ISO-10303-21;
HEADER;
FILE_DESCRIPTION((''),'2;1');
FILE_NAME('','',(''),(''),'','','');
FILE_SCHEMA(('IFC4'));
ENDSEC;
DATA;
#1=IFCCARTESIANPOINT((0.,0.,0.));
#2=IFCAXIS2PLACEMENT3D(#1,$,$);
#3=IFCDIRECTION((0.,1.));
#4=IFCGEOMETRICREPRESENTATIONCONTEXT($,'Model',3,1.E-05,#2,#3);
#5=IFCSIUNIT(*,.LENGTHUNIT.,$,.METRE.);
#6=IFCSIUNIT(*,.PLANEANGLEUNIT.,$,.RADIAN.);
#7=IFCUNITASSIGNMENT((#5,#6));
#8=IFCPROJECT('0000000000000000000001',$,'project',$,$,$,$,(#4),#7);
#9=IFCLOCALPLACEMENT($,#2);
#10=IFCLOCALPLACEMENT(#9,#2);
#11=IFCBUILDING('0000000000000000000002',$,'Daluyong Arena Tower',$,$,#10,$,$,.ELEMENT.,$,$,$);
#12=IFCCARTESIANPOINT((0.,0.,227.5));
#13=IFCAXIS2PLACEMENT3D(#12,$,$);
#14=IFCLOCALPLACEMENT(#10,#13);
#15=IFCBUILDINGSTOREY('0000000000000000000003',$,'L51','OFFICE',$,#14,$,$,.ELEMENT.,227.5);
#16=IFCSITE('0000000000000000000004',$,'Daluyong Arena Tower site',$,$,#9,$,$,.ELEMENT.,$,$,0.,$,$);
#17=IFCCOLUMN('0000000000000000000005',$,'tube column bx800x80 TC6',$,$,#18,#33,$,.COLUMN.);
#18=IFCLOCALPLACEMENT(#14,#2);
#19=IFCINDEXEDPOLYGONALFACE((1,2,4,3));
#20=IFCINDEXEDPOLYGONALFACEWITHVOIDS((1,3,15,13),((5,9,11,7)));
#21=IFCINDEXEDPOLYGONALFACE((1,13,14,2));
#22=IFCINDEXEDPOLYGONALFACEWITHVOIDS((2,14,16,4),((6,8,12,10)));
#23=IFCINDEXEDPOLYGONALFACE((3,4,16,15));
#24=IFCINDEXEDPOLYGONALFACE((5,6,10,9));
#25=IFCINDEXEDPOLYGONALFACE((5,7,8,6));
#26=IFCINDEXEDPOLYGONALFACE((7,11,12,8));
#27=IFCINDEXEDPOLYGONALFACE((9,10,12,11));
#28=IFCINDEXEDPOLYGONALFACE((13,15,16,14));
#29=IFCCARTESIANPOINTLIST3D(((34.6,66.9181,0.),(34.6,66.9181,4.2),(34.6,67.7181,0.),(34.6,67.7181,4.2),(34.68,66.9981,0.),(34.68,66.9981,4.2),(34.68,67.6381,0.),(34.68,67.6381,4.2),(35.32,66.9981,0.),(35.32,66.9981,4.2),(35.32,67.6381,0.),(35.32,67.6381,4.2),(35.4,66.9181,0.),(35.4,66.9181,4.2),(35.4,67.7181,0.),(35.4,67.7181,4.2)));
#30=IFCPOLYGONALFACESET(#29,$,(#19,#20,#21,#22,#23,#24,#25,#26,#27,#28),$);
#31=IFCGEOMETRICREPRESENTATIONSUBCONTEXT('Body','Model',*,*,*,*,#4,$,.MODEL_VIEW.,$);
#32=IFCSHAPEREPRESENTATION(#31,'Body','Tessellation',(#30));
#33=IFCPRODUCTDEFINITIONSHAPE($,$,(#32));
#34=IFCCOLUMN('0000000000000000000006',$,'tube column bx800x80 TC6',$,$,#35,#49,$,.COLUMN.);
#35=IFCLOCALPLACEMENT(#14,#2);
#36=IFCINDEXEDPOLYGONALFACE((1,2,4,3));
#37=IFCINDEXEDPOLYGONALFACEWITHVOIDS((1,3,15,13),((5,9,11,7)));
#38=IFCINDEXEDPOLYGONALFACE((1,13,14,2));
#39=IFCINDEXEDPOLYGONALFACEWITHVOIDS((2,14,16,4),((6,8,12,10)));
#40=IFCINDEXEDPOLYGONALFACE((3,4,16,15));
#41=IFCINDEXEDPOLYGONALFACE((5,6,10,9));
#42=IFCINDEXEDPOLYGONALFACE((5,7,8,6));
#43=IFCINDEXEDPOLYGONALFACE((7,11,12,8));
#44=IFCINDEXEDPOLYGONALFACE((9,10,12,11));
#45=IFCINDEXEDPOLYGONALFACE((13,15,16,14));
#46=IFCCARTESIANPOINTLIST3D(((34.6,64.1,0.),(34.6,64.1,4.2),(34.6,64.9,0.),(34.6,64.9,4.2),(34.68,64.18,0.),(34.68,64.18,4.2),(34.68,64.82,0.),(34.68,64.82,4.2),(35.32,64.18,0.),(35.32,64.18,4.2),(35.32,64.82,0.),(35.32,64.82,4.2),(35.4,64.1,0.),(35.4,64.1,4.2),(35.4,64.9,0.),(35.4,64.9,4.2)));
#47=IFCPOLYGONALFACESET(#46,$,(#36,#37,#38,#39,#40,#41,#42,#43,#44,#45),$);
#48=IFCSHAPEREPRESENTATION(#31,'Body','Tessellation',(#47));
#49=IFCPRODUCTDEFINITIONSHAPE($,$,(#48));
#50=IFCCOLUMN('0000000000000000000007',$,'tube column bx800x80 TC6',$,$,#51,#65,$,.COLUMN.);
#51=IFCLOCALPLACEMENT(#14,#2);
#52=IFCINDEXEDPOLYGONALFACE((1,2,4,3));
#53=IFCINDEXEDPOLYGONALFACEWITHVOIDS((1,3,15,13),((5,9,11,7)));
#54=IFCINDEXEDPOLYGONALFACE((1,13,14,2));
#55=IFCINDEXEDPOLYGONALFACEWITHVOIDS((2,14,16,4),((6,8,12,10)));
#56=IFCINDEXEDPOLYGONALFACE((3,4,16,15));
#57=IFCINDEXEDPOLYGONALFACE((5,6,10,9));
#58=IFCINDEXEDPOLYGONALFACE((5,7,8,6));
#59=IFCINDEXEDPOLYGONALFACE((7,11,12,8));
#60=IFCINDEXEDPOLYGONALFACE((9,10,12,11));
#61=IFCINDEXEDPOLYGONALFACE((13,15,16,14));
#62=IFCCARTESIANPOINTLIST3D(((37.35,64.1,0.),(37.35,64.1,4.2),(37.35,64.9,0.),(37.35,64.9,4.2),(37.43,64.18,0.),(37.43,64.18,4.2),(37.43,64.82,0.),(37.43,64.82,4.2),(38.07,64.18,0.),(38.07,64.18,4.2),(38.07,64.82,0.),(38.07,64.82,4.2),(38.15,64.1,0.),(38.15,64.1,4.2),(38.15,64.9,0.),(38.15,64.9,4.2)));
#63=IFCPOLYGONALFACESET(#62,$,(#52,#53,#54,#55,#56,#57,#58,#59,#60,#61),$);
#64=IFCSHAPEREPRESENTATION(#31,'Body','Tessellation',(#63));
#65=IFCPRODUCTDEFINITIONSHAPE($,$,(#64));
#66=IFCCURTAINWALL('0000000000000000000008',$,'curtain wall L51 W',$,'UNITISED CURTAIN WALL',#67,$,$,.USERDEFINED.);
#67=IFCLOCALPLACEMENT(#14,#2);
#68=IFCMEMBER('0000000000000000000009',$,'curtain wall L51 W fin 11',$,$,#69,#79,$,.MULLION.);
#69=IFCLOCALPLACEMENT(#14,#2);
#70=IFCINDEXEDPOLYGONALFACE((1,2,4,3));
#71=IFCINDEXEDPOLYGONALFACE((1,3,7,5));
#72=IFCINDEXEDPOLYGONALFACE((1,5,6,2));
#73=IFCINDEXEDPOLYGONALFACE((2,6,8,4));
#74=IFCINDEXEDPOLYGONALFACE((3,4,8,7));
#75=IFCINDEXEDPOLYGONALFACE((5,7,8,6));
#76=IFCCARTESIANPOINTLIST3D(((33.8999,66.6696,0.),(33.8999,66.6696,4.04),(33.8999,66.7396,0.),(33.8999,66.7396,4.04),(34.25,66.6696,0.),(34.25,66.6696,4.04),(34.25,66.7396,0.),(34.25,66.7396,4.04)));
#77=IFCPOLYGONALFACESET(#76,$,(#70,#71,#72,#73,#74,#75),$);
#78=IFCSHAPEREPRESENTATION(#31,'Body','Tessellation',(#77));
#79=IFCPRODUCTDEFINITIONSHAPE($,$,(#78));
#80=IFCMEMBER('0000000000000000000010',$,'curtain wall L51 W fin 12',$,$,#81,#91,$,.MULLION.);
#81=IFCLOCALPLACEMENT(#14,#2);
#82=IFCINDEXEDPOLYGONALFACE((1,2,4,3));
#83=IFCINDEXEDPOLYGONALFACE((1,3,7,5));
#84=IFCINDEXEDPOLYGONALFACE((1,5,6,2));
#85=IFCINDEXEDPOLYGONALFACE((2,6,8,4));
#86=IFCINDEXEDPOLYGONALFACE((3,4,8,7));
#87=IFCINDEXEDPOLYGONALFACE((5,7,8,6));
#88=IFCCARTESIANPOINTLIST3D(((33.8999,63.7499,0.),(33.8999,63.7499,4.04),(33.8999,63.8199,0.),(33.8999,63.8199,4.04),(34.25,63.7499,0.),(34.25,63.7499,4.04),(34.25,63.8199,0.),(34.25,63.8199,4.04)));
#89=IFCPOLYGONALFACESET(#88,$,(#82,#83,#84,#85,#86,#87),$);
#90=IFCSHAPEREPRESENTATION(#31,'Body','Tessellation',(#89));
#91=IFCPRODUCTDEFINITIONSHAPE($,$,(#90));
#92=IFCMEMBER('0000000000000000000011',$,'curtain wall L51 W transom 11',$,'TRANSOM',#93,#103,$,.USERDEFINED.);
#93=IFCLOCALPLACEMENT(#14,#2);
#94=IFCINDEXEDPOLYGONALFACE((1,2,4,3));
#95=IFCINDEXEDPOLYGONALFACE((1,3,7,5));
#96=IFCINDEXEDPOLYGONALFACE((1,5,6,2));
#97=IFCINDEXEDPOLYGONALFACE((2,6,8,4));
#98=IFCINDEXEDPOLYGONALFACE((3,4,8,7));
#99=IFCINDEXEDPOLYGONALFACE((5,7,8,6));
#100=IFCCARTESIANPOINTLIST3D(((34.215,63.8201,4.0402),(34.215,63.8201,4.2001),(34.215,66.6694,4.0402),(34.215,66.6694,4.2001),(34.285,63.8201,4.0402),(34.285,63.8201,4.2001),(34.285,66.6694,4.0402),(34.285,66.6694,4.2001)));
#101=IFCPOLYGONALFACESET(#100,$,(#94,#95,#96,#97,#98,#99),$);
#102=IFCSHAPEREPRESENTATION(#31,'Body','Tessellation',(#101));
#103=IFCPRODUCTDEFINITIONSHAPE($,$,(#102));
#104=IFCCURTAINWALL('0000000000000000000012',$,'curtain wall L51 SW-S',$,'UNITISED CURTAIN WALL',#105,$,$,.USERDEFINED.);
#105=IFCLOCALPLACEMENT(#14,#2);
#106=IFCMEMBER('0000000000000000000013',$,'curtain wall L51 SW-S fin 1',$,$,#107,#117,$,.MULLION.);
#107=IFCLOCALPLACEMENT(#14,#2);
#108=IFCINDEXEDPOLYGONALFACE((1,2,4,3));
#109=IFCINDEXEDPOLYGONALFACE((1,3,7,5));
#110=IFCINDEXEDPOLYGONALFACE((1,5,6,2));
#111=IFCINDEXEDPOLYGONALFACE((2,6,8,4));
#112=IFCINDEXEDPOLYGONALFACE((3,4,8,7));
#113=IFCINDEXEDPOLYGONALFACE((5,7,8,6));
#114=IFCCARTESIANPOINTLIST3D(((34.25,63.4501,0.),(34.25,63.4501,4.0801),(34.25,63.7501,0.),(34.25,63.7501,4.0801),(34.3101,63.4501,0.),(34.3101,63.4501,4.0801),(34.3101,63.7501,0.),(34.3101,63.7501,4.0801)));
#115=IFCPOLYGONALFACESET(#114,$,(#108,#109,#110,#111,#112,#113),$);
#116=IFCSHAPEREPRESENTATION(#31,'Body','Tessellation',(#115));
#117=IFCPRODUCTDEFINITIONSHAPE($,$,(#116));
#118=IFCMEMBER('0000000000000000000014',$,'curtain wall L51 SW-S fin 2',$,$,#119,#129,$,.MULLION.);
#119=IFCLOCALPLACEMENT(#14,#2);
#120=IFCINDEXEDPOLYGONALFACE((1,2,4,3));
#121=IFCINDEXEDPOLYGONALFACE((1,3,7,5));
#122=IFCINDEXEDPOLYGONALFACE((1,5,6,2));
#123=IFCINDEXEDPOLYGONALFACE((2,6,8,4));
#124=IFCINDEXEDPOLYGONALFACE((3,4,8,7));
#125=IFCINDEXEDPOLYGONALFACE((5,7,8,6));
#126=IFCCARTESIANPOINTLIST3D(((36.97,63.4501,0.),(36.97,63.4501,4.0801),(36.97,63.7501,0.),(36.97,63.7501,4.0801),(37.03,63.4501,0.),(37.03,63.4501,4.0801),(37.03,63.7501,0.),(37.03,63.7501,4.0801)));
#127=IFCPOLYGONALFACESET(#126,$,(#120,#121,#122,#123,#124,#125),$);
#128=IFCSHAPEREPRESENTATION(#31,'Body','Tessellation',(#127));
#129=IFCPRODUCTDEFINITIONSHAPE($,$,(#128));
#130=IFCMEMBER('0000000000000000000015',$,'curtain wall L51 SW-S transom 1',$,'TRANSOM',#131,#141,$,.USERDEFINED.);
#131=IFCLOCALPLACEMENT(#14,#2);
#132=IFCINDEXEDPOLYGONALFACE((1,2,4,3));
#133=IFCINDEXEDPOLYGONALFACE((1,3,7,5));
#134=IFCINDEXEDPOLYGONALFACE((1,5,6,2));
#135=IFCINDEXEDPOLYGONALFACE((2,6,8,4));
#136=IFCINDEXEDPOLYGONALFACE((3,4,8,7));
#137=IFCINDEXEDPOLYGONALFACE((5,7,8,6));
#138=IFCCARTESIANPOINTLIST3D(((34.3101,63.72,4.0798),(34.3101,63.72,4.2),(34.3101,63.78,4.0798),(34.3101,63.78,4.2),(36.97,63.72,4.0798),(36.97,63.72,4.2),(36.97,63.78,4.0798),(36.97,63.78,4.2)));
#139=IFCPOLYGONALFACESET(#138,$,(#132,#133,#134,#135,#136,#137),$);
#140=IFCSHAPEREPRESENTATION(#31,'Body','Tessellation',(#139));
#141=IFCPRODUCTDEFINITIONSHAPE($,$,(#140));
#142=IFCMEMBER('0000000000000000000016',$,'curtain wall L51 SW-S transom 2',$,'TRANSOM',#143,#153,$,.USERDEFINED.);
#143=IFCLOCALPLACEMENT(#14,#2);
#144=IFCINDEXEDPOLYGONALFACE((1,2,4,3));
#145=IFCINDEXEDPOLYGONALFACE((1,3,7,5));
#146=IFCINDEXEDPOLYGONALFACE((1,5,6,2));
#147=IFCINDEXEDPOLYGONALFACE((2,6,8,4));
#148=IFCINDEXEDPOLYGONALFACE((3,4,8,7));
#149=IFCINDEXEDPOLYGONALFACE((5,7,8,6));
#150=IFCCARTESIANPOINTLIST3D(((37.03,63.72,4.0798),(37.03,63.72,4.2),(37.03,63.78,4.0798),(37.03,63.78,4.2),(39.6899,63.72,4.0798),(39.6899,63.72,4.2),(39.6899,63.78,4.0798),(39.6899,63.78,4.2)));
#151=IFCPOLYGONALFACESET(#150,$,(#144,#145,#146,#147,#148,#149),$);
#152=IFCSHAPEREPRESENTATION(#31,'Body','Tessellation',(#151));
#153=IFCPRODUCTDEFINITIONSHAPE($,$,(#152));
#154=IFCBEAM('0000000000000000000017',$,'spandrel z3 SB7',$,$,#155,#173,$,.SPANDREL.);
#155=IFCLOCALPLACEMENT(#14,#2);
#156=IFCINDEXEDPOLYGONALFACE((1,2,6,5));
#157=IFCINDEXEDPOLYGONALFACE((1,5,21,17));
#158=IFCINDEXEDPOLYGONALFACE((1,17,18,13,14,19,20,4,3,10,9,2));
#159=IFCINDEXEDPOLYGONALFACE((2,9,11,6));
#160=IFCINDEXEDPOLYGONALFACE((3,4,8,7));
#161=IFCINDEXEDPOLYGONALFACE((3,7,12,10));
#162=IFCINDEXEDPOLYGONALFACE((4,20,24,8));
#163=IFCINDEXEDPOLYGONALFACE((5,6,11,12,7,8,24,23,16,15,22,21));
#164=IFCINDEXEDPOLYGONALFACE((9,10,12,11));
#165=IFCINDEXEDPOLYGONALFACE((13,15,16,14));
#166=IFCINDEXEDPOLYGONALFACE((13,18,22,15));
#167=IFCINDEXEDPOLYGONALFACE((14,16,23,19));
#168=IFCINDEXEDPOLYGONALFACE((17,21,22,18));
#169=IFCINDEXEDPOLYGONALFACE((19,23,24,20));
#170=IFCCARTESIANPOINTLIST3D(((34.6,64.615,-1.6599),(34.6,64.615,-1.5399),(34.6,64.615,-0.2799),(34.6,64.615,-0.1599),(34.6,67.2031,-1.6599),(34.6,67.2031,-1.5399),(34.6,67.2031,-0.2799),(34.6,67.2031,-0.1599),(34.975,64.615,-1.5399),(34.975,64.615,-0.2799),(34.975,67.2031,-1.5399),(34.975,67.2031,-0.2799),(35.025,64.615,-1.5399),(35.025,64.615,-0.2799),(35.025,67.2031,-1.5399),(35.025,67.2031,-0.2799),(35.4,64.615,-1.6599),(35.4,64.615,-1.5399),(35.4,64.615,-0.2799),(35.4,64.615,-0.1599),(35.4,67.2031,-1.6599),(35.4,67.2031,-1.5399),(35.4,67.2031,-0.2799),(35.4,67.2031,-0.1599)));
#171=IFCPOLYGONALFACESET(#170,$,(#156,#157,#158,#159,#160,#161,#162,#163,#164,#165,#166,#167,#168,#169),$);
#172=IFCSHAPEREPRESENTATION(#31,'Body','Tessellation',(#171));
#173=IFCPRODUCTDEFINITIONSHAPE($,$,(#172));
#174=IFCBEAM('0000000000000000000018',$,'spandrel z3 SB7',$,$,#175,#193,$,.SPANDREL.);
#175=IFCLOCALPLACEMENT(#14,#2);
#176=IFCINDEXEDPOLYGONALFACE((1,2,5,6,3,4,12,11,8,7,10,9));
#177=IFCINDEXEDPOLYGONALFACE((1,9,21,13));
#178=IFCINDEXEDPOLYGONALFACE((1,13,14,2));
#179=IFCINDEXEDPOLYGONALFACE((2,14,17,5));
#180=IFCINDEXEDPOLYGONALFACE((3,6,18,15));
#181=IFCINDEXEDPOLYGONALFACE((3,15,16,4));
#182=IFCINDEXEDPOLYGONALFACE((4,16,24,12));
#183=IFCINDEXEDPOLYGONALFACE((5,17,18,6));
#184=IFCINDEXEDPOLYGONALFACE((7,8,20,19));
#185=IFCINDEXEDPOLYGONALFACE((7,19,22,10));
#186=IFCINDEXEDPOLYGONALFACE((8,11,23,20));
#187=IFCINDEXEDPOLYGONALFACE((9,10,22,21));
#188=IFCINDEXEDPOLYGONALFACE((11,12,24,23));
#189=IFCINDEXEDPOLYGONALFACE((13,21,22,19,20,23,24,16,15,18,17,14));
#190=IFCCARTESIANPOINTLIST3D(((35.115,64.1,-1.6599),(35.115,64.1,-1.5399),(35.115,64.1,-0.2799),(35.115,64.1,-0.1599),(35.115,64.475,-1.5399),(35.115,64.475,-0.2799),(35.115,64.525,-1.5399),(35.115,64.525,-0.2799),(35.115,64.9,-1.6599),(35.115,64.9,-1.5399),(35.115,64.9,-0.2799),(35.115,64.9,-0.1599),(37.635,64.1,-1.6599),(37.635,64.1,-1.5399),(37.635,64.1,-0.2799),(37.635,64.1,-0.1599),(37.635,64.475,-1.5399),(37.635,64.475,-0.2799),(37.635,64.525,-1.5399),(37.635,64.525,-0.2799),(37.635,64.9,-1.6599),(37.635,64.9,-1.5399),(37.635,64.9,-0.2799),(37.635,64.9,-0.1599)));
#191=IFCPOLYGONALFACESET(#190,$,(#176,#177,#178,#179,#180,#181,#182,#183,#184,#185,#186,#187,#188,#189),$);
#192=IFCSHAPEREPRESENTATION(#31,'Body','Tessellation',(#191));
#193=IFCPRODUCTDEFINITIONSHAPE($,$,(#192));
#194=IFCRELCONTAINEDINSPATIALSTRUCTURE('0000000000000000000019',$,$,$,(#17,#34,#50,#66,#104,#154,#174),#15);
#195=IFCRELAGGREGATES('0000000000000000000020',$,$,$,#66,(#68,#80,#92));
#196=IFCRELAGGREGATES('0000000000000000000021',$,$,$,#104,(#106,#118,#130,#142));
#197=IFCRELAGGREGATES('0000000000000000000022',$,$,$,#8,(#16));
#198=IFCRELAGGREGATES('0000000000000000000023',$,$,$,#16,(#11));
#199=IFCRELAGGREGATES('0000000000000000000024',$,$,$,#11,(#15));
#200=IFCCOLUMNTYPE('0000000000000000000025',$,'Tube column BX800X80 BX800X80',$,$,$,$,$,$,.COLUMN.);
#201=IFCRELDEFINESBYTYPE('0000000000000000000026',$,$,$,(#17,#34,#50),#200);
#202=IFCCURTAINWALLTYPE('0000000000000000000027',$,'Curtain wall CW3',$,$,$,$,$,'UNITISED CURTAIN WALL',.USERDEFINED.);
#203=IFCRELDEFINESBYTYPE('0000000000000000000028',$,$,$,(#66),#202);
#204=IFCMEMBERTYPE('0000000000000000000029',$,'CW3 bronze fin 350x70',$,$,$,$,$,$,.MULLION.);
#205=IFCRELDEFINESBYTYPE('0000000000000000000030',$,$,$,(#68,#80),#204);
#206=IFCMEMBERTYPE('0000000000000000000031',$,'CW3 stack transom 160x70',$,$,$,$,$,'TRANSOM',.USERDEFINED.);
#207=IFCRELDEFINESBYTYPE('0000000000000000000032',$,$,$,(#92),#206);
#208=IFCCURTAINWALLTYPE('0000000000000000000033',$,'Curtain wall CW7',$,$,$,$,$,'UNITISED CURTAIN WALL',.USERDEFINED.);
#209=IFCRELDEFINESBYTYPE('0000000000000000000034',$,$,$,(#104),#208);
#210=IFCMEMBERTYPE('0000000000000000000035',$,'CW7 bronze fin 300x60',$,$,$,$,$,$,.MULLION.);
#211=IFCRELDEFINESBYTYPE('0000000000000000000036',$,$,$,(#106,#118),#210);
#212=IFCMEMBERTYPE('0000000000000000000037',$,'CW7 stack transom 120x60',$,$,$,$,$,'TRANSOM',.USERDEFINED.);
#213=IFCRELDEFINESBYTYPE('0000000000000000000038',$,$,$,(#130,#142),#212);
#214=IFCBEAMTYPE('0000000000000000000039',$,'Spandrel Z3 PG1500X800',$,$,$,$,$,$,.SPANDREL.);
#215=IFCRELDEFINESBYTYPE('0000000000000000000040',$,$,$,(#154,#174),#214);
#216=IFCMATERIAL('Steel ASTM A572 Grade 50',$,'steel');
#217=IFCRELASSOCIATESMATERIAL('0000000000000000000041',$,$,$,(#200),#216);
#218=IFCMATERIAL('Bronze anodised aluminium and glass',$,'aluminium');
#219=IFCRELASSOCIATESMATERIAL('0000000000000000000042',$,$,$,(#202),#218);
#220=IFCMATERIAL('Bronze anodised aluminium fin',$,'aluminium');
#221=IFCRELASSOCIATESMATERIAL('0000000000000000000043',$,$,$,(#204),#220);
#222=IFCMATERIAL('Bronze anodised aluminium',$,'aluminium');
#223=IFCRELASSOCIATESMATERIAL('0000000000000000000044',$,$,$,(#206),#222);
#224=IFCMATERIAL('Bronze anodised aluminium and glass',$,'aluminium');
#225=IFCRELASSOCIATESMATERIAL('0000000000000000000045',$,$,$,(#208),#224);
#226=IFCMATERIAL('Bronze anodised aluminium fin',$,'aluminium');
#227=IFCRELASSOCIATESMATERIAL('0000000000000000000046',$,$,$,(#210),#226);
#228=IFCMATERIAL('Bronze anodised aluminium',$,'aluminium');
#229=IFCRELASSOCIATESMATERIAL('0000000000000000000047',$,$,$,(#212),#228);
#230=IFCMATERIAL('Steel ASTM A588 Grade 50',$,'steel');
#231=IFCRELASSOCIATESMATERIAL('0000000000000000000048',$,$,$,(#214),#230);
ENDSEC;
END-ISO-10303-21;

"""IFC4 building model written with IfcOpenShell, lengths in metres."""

from ifc_helpers import new_model, si_unit, direction, frame, origin, origin_2d, place, context, subcontext, project, spatial, rectangle, hollow_rectangle, i_section, extrude, material, material_profile, profile_set, type_object, element, aggregate, save


model = new_model("IFC4")

# Units and contexts
model_context = context("Model", 3, precision=1e-05, world=origin(), true_north=direction((0.0, 1.0)))
body_context = subcontext(model_context, "Body", "Model", "MODEL_VIEW")
ifc_project = project(units=[si_unit("LENGTHUNIT", "METRE"), si_unit("PLANEANGLEUNIT", "RADIAN")], contexts=[model_context])

# Site, building, storey
site_placement = place(None, origin())
site = spatial("IfcSite", under=ifc_project, at=site_placement, Name="Daluyong Arena Tower site", CompositionType="ELEMENT", RefElevation=0.0)
building_placement = place(site_placement, origin())
building = spatial("IfcBuilding", under=site, at=building_placement, Name="Daluyong Arena Tower", CompositionType="ELEMENT")
storey_placement = place(building_placement, frame((0.0, 0.0, 227.5)))
storey = spatial("IfcBuildingStorey", under=building, at=storey_placement, Name="L51", Description="OFFICE", CompositionType="ELEMENT", Elevation=227.5)

# Columns
ifc_material_1 = material(Name="Steel ASTM A572 Grade 50", Category="steel")
ifc_material_profile_1 = material_profile(ifc_material_1, hollow_rectangle(XDim=0.8, YDim=0.8, WallThickness=0.08, at=origin_2d()))
ifc_profile_set_1 = profile_set([ifc_material_profile_1], Name="Steel ASTM A572 Grade 50")
column_type = type_object("IfcColumnType", Name="Tube column BX800X80 BX800X80", PredefinedType="COLUMN", material=ifc_profile_set_1)
for number, where, z_axis, x_axis, name in (
    (1, (35.0, 67.3181, 0.0), (0.0, 0.0, 1.0), (0.0, 1.0, 0.0), "tube column bx800x80 TC6"),
    (2, (35.0, 64.5, 0.0), (0.0, 0.0, 1.0), (1.0, 0.0, 0.0), "tube column bx800x80 TC6"),
    (3, (37.75, 64.5, 0.0), (0.0, 0.0, 1.0), (1.0, 0.0, 0.0), "tube column bx800x80 TC6"),
):
    element("IfcColumn", number, at=place(storey_placement, frame(where, z_axis=z_axis, x_axis=x_axis)), inside=storey, type_object=column_type, Name=name, PredefinedType="COLUMN", context=body_context, shape_type="SweptSolid", body=[
        extrude(hollow_rectangle(XDim=0.8, YDim=0.8, WallThickness=0.08, at=origin_2d()), origin(), (0.0, 0.0, 1.0), 4.2),
    ])

# Curtain walls, members
ifc_material_2 = material(Name="Bronze anodised aluminium and glass", Category="aluminium")
curtain_wall_type_1 = type_object("IfcCurtainWallType", Name="Curtain wall CW3", ElementType="UNITISED CURTAIN WALL", PredefinedType="USERDEFINED", material=ifc_material_2)
curtain_wall_1_placement = place(storey_placement, origin())
curtain_wall_1 = element("IfcCurtainWall", 4, at=curtain_wall_1_placement, inside=storey, type_object=curtain_wall_type_1, Name="curtain wall L51 W", ObjectType="UNITISED CURTAIN WALL", PredefinedType="USERDEFINED")
ifc_material_3 = material(Name="Bronze anodised aluminium fin", Category="aluminium")
ifc_material_profile_2 = material_profile(ifc_material_3, rectangle(XDim=0.3501, YDim=0.0701, at=origin_2d()))
ifc_profile_set_2 = profile_set([ifc_material_profile_2], Name="Bronze anodised aluminium fin")
member_type_1 = type_object("IfcMemberType", Name="CW3 bronze fin 350x70", PredefinedType="MULLION", material=ifc_profile_set_2)
member_1_placement = place(storey_placement, frame((34.075, 66.7046, 0.0), z_axis=(0.0, 0.0, 1.0), x_axis=(1.0, 0.0, 0.0)))
member_1 = element("IfcMember", 5, at=member_1_placement, type_object=member_type_1, Name="curtain wall L51 W fin 11", PredefinedType="MULLION", context=body_context, shape_type="SweptSolid", body=[
    extrude(rectangle(XDim=0.3501, YDim=0.0701, at=origin_2d()), origin(), (0.0, 0.0, 1.0), 4.04),
])
member_2_placement = place(storey_placement, frame((34.075, 63.7849, 0.0), z_axis=(0.0, 0.0, 1.0), x_axis=(1.0, 0.0, 0.0)))
member_2 = element("IfcMember", 6, at=member_2_placement, type_object=member_type_1, Name="curtain wall L51 W fin 12", PredefinedType="MULLION", context=body_context, shape_type="SweptSolid", body=[
    extrude(rectangle(XDim=0.3501, YDim=0.0701, at=origin_2d()), origin(), (0.0, 0.0, 1.0), 4.04),
])
ifc_material_4 = material(Name="Bronze anodised aluminium", Category="aluminium")
ifc_material_profile_3 = material_profile(ifc_material_4, rectangle(XDim=0.0701, YDim=0.1599, at=origin_2d()))
ifc_profile_set_3 = profile_set([ifc_material_profile_3], Name="Bronze anodised aluminium")
member_type_2 = type_object("IfcMemberType", Name="CW3 stack transom 160x70", ElementType="TRANSOM", PredefinedType="USERDEFINED", material=ifc_profile_set_3)
member_3_placement = place(storey_placement, frame((34.25, 66.6694, 4.1201), z_axis=(0.0, -1.0, 0.0), x_axis=(1.0, 0.0, 0.0)))
member_3 = element("IfcMember", 7, at=member_3_placement, type_object=member_type_2, Name="curtain wall L51 W transom 11", ObjectType="TRANSOM", PredefinedType="USERDEFINED", context=body_context, shape_type="SweptSolid", body=[
    extrude(rectangle(XDim=0.0701, YDim=0.1599, at=origin_2d()), origin(), (0.0, 0.0, 1.0), 2.8494),
])
ifc_material_5 = material(Name="Bronze anodised aluminium and glass", Category="aluminium")
curtain_wall_type_2 = type_object("IfcCurtainWallType", Name="Curtain wall CW7", ElementType="UNITISED CURTAIN WALL", PredefinedType="USERDEFINED", material=ifc_material_5)
curtain_wall_2_placement = place(storey_placement, origin())
curtain_wall_2 = element("IfcCurtainWall", 8, at=curtain_wall_2_placement, inside=storey, type_object=curtain_wall_type_2, Name="curtain wall L51 SW-S", ObjectType="UNITISED CURTAIN WALL", PredefinedType="USERDEFINED")
ifc_material_6 = material(Name="Bronze anodised aluminium fin", Category="aluminium")
ifc_material_profile_4 = material_profile(ifc_material_6, rectangle(XDim=0.3, YDim=0.0601, at=origin_2d()))
ifc_profile_set_4 = profile_set([ifc_material_profile_4], Name="Bronze anodised aluminium fin")
member_type_3 = type_object("IfcMemberType", Name="CW7 bronze fin 300x60", PredefinedType="MULLION", material=ifc_profile_set_4)
member_4_placement = place(storey_placement, frame((34.28, 63.6001, 0.0), z_axis=(0.0, 0.0, 1.0), x_axis=(0.0, 1.0, 0.0)))
member_4 = element("IfcMember", 9, at=member_4_placement, type_object=member_type_3, Name="curtain wall L51 SW-S fin 1", PredefinedType="MULLION", context=body_context, shape_type="SweptSolid", body=[
    extrude(rectangle(XDim=0.3, YDim=0.0601, at=origin_2d()), origin(), (0.0, 0.0, 1.0), 4.0801),
])
member_5_placement = place(storey_placement, frame((37.0, 63.6001, 0.0), z_axis=(0.0, 0.0, 1.0), x_axis=(0.0, 1.0, 0.0)))
member_5 = element("IfcMember", 10, at=member_5_placement, type_object=member_type_3, Name="curtain wall L51 SW-S fin 2", PredefinedType="MULLION", context=body_context, shape_type="SweptSolid", body=[
    extrude(rectangle(XDim=0.3, YDim=0.0601, at=origin_2d()), origin(), (0.0, 0.0, 1.0), 4.0801),
])
ifc_material_7 = material(Name="Bronze anodised aluminium", Category="aluminium")
ifc_material_profile_5 = material_profile(ifc_material_7, rectangle(XDim=0.0601, YDim=0.1201, at=origin_2d()))
ifc_profile_set_5 = profile_set([ifc_material_profile_5], Name="Bronze anodised aluminium")
member_type_4 = type_object("IfcMemberType", Name="CW7 stack transom 120x60", ElementType="TRANSOM", PredefinedType="USERDEFINED", material=ifc_profile_set_5)
member_6_placement = place(storey_placement, frame((34.3101, 63.75, 4.1399), z_axis=(1.0, 0.0, 0.0), x_axis=(0.0, 1.0, 0.0)))
member_6 = element("IfcMember", 11, at=member_6_placement, type_object=member_type_4, Name="curtain wall L51 SW-S transom 1", ObjectType="TRANSOM", PredefinedType="USERDEFINED", context=body_context, shape_type="SweptSolid", body=[
    extrude(rectangle(XDim=0.0601, YDim=0.1201, at=origin_2d()), origin(), (0.0, 0.0, 1.0), 2.6599),
])
member_7_placement = place(storey_placement, frame((37.03, 63.75, 4.1399), z_axis=(1.0, 0.0, 0.0), x_axis=(0.0, 1.0, 0.0)))
member_7 = element("IfcMember", 12, at=member_7_placement, type_object=member_type_4, Name="curtain wall L51 SW-S transom 2", ObjectType="TRANSOM", PredefinedType="USERDEFINED", context=body_context, shape_type="SweptSolid", body=[
    extrude(rectangle(XDim=0.0601, YDim=0.1201, at=origin_2d()), origin(), (0.0, 0.0, 1.0), 2.6599),
])

# Beams
ifc_material_8 = material(Name="Steel ASTM A588 Grade 50", Category="steel")
ifc_material_profile_6 = material_profile(ifc_material_8, i_section(OverallWidth=0.8, OverallDepth=1.5, WebThickness=0.05, FlangeThickness=0.12, at=origin_2d()))
ifc_profile_set_6 = profile_set([ifc_material_profile_6], Name="Steel ASTM A588 Grade 50")
beam_type = type_object("IfcBeamType", Name="Spandrel Z3 PG1500X800", PredefinedType="SPANDREL", material=ifc_profile_set_6)
beam_placement = place(storey_placement, frame((35.0, 67.2031, -0.9099), z_axis=(0.0, -1.0, 0.0), x_axis=(1.0, 0.0, 0.0)))
element("IfcBeam", 13, at=beam_placement, inside=storey, type_object=beam_type, Name="spandrel z3 SB7", PredefinedType="SPANDREL", context=body_context, shape_type="SweptSolid", body=[
    extrude(i_section(OverallWidth=0.8, OverallDepth=1.5, WebThickness=0.05, FlangeThickness=0.12, at=origin_2d()), origin(), (0.0, 0.0, 1.0), 2.5881),
])
for number, where, z_axis, x_axis, name in (
    (14, (35.115, 64.5, -0.9099), (1.0, 0.0, 0.0), (0.0, 1.0, 0.0), "spandrel z3 SB7"),
):
    element("IfcBeam", number, at=place(storey_placement, frame(where, z_axis=z_axis, x_axis=x_axis)), inside=storey, type_object=beam_type, Name=name, PredefinedType="SPANDREL", context=body_context, shape_type="SweptSolid", body=[
        extrude(i_section(OverallWidth=0.8, OverallDepth=1.5, WebThickness=0.05, FlangeThickness=0.12, at=origin_2d()), origin(), (0.0, 0.0, 1.0), 2.52),
    ])

aggregate(curtain_wall_1, [member_1, member_2, member_3])
aggregate(curtain_wall_2, [member_4, member_5, member_6, member_7])

save(model, "model.ifc")
